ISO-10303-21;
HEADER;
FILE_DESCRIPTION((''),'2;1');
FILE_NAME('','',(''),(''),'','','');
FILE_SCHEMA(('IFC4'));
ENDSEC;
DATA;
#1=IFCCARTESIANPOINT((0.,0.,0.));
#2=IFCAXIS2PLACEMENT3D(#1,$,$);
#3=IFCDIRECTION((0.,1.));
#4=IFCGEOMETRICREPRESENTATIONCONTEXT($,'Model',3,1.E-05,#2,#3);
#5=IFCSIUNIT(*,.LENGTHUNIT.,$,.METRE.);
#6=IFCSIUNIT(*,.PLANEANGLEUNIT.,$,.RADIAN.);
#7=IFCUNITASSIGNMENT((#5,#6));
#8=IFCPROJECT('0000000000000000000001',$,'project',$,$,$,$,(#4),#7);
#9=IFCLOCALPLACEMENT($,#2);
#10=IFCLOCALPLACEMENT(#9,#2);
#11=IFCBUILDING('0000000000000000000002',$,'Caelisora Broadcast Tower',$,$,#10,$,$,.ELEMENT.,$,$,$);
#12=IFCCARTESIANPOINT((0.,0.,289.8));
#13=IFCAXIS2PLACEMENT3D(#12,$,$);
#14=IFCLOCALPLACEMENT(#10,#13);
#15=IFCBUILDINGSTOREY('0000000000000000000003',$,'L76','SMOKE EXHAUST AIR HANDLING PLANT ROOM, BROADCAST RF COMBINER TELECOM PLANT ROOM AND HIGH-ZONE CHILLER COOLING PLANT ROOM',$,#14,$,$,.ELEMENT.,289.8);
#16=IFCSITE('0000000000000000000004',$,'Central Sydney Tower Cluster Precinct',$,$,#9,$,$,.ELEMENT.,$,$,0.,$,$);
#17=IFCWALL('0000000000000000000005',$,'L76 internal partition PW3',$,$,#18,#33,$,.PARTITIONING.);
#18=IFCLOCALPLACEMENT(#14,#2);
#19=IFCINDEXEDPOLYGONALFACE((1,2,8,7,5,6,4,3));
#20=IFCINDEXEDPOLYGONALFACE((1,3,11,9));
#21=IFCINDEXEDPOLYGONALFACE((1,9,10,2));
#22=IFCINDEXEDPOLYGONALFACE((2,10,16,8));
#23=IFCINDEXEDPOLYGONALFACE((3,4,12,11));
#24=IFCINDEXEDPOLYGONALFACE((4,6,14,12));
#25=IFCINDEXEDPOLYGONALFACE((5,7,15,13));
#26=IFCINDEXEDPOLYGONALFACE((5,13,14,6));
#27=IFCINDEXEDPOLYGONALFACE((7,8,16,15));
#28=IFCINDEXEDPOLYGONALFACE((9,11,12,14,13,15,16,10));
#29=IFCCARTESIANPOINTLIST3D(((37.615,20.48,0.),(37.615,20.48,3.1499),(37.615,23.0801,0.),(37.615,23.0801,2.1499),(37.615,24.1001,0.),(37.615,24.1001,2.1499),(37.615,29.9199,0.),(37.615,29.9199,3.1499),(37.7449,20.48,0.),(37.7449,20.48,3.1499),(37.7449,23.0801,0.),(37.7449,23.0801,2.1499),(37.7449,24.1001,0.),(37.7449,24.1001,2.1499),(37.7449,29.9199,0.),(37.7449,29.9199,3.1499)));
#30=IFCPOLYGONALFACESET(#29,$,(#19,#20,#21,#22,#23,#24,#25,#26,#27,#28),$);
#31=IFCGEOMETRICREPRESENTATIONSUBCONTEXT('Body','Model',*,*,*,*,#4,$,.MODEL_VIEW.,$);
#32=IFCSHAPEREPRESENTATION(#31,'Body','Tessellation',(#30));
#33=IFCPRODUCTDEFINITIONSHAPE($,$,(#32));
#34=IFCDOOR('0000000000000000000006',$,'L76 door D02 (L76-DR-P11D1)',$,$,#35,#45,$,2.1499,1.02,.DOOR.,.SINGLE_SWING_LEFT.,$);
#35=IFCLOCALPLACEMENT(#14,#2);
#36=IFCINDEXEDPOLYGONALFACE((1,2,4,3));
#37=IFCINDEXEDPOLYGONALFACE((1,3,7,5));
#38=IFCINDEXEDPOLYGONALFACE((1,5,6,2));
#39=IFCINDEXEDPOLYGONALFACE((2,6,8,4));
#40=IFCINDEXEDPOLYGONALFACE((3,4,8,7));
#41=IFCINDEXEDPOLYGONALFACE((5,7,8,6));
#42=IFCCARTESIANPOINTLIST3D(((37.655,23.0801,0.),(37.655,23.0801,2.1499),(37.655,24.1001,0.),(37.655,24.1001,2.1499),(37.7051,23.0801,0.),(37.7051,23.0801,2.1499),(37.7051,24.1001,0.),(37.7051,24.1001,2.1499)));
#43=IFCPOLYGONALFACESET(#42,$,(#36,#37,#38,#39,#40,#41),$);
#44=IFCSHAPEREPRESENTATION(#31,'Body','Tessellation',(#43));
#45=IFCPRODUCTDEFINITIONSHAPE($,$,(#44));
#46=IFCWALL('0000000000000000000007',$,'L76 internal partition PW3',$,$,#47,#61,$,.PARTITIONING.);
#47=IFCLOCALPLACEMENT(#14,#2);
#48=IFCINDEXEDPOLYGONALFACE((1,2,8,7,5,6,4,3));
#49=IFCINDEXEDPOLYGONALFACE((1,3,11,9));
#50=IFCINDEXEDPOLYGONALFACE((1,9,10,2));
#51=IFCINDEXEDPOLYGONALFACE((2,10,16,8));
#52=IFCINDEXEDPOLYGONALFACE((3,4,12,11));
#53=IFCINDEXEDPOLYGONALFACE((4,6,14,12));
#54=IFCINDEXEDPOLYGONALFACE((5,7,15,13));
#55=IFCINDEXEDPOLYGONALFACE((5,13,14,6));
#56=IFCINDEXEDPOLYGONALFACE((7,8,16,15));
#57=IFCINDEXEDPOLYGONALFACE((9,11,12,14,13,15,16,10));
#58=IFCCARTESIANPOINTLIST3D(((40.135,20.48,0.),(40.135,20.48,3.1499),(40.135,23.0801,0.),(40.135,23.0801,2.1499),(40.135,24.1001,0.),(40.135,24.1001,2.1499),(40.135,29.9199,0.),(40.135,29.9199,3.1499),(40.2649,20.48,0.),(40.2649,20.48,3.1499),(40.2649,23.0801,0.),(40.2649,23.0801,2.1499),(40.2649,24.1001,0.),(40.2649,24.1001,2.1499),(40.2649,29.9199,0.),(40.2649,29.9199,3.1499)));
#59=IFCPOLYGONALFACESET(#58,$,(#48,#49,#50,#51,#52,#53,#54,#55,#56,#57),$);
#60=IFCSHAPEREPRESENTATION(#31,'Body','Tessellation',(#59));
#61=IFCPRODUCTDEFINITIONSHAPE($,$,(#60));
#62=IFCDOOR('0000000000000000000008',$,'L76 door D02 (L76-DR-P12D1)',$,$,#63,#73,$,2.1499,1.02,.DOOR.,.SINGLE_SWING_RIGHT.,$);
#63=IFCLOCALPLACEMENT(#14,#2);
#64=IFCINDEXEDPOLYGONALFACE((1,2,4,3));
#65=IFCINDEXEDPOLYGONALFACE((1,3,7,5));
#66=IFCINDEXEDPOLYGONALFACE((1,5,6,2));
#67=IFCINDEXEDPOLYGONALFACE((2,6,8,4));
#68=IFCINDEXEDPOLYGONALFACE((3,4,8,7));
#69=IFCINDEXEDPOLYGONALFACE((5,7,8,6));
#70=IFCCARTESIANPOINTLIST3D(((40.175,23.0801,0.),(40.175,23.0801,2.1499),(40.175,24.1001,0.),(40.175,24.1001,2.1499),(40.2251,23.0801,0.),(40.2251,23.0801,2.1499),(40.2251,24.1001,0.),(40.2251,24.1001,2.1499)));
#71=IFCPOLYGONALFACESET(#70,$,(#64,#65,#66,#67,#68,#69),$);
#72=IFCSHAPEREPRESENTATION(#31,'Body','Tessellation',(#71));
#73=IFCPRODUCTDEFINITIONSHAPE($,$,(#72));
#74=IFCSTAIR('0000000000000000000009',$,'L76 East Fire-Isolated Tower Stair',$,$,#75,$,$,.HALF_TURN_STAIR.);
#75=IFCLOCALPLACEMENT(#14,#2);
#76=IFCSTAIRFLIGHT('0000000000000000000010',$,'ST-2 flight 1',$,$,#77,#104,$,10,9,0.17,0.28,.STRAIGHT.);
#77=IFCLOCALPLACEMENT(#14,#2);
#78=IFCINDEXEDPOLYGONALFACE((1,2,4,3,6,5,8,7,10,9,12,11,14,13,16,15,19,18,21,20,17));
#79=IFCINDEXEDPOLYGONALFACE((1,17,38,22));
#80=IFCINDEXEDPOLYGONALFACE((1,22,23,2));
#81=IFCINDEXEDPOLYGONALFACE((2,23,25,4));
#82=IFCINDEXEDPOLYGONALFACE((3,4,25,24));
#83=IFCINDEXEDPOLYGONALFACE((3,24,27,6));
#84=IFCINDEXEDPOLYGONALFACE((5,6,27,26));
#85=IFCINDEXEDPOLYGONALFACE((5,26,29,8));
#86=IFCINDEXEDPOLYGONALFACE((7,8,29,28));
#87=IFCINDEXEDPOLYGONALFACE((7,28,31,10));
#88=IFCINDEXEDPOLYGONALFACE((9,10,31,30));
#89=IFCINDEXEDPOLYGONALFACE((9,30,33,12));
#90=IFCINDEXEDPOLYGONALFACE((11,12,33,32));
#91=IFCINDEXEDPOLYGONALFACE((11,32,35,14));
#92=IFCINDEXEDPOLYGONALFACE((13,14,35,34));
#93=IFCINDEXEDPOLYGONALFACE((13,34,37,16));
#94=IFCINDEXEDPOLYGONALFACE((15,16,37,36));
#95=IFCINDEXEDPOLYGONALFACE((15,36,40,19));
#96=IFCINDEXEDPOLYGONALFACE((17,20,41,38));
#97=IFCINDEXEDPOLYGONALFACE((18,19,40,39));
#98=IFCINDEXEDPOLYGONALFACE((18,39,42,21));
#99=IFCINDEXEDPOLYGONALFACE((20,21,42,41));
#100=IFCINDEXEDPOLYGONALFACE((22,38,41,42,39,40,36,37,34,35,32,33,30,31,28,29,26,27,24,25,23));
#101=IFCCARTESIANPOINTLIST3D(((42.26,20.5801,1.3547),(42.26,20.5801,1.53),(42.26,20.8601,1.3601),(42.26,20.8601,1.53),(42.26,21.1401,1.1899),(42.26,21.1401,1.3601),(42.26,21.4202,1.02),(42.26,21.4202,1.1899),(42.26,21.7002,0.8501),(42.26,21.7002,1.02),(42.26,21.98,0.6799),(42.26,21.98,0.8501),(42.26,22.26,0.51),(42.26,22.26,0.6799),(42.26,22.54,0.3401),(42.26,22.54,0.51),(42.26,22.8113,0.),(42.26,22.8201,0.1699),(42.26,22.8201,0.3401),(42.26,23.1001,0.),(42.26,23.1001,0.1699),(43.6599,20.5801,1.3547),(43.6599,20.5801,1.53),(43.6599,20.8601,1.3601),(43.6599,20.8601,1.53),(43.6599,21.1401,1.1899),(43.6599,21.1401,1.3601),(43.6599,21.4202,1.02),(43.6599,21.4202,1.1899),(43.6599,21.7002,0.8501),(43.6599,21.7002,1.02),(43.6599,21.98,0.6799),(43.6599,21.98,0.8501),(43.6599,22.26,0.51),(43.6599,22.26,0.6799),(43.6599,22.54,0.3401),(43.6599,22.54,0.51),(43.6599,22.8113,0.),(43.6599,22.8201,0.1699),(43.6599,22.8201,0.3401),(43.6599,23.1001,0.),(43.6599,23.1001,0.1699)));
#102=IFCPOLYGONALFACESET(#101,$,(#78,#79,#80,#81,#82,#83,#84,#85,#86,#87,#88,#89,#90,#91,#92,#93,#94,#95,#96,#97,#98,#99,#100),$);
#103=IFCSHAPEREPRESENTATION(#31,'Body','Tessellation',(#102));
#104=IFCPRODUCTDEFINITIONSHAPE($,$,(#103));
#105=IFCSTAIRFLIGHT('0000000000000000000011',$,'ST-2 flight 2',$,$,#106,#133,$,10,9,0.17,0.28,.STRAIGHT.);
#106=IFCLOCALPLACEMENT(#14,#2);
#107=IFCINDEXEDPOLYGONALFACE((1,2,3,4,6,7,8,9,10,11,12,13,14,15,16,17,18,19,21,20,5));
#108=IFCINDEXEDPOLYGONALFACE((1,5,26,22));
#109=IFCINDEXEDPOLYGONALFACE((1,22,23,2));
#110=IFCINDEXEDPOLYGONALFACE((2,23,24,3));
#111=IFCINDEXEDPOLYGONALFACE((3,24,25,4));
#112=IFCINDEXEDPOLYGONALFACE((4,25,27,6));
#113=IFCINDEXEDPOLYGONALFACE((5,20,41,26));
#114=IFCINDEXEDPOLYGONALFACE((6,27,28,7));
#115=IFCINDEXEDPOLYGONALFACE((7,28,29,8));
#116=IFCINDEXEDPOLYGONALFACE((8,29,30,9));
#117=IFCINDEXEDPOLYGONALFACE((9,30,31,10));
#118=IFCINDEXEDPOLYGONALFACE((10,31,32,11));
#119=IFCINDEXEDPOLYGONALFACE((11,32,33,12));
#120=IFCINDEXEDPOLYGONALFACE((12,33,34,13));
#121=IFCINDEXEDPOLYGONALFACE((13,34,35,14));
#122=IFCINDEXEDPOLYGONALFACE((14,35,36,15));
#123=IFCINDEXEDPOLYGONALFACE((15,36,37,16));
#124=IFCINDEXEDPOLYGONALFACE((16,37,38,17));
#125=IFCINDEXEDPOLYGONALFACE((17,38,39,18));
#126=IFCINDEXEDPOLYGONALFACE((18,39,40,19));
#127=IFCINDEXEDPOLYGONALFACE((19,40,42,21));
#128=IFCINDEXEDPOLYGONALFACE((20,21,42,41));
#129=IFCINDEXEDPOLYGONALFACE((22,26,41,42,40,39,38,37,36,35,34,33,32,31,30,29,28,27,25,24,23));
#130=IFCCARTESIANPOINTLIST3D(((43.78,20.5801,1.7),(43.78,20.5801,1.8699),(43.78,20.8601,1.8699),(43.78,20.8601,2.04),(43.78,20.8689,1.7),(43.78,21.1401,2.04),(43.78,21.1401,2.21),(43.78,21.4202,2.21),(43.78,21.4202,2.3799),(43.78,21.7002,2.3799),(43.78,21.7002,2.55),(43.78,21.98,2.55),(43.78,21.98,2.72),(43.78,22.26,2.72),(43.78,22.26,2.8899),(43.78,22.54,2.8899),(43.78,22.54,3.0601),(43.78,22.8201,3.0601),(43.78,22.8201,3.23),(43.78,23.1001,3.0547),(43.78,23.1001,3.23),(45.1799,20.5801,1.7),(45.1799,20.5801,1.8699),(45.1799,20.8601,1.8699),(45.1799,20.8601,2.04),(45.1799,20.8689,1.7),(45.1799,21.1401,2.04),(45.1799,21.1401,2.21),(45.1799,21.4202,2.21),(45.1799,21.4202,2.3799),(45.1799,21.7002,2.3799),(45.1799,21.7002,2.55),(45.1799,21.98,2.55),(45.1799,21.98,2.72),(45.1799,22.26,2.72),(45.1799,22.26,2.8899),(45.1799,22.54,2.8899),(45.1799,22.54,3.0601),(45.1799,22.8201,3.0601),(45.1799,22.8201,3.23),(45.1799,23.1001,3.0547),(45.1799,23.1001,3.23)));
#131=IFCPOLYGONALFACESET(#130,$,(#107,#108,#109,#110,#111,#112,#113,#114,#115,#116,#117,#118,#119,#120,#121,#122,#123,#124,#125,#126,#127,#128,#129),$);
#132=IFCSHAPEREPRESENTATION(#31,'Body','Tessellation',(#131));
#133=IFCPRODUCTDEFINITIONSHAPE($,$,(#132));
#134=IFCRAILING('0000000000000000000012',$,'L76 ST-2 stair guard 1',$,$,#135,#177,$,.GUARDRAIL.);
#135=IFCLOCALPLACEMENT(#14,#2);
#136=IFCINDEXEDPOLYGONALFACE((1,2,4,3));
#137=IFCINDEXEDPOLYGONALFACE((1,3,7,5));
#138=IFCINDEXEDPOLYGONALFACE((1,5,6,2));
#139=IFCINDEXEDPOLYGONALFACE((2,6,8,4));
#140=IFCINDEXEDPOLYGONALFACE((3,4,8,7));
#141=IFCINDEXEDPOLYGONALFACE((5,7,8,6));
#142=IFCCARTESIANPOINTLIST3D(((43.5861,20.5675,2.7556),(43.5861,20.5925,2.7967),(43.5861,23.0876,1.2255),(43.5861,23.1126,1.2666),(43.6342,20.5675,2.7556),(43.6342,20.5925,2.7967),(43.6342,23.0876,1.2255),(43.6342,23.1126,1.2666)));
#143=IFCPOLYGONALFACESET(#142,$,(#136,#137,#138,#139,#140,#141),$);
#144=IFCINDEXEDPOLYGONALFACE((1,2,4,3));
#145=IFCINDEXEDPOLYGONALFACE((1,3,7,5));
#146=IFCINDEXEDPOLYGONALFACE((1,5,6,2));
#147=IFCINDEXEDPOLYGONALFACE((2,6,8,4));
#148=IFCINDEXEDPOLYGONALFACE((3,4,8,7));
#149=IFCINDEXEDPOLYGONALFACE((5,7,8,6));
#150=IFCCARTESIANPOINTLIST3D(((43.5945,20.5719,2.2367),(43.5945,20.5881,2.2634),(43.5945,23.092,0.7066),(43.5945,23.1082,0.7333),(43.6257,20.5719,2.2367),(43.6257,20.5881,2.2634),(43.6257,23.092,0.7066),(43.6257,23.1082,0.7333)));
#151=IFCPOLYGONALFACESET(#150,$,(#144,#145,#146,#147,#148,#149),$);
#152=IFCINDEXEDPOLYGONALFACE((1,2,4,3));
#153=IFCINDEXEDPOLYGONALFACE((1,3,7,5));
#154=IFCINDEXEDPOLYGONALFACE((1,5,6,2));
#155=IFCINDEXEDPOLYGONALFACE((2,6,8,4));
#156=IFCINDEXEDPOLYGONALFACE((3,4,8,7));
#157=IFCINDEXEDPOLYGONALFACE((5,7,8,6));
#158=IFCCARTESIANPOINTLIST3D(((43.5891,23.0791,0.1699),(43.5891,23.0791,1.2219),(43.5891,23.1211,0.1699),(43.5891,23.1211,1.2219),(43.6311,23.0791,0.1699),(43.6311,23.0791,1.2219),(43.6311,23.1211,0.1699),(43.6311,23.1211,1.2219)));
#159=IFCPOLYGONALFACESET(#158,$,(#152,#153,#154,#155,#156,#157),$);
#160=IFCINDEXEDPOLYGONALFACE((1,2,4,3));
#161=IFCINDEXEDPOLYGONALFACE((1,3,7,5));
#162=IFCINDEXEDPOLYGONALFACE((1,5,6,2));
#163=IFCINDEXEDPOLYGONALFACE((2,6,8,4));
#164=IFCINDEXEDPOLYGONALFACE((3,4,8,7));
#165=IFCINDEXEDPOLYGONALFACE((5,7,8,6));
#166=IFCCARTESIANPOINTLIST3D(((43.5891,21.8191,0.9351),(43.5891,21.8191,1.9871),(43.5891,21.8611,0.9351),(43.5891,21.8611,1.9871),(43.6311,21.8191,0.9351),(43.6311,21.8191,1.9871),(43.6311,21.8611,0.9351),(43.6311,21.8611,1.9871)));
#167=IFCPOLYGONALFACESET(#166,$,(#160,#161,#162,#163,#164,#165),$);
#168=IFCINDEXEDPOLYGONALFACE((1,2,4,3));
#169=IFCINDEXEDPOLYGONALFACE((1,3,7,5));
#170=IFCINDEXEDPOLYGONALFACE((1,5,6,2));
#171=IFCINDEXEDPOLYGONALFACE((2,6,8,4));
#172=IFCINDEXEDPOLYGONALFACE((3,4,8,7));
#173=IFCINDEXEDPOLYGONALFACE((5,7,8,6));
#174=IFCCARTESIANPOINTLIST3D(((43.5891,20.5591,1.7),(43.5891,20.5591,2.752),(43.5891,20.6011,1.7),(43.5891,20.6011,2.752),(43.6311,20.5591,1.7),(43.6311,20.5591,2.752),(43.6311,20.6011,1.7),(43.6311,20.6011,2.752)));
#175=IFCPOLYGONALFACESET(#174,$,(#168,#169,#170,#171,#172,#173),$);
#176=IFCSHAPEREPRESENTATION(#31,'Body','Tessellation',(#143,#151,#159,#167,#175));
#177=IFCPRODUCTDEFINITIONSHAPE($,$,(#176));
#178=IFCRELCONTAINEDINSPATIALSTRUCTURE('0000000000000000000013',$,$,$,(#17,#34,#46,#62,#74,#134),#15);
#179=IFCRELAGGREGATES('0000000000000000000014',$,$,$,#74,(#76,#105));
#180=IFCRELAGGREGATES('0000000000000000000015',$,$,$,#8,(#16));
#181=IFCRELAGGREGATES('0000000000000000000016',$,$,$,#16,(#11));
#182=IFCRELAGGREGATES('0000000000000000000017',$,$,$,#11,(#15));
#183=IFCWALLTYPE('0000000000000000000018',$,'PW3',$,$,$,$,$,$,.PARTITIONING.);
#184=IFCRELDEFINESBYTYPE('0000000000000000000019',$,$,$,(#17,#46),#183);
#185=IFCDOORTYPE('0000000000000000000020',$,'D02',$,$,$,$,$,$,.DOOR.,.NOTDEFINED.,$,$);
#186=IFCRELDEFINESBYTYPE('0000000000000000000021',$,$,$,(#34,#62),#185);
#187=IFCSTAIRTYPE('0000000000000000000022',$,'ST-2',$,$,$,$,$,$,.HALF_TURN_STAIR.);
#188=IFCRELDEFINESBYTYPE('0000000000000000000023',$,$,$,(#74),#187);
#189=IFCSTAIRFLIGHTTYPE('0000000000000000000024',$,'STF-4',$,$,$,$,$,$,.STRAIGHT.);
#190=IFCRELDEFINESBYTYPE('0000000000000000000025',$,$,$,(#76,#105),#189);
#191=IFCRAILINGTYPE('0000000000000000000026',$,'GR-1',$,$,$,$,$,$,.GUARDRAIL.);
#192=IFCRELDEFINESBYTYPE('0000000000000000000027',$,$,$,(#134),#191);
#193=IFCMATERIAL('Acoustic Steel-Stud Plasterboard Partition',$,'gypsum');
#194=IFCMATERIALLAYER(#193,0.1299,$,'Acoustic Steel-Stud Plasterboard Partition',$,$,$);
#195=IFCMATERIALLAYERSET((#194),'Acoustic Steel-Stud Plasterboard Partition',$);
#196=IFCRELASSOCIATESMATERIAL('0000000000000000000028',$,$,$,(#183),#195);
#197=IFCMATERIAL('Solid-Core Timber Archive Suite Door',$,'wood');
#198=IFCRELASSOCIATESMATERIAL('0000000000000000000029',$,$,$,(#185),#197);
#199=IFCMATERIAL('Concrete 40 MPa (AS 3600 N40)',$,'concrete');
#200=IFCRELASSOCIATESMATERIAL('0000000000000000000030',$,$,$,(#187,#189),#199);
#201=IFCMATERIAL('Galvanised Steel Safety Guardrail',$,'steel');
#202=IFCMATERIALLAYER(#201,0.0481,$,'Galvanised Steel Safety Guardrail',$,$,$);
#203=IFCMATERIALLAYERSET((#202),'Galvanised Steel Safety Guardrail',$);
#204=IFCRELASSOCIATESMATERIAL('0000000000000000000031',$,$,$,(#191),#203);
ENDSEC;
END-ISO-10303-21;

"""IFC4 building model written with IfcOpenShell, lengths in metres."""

from ifc_helpers import new_model, si_unit, direction, frame, frame_2d, origin, origin_2d, place, context, subcontext, project, spatial, polyline, rectangle, outline, extrude, material, layer, layer_set, type_object, element, fill, aggregate, save


model = new_model("IFC4")

# Units and contexts
model_context = context("Model", 3, precision=1e-05, world=origin(), true_north=direction((0.0, 1.0)))
body_context = subcontext(model_context, "Body", "Model", "MODEL_VIEW")
ifc_project = project(units=[si_unit("LENGTHUNIT", "METRE"), si_unit("PLANEANGLEUNIT", "RADIAN")], contexts=[model_context])

# Site, building, storey
site_placement = place(None, origin())
site = spatial("IfcSite", under=ifc_project, at=site_placement, Name="Central Sydney Tower Cluster Precinct", CompositionType="ELEMENT", RefElevation=0.0)
building_placement = place(site_placement, origin())
building = spatial("IfcBuilding", under=site, at=building_placement, Name="Caelisora Broadcast Tower", CompositionType="ELEMENT")
storey_placement = place(building_placement, frame((0.0, 0.0, 289.8)))
storey = spatial("IfcBuildingStorey", under=building, at=storey_placement, Name="L76", Description="SMOKE EXHAUST AIR HANDLING PLANT ROOM, BROADCAST RF COMBINER TELECOM PLANT ROOM AND HIGH-ZONE CHILLER COOLING PLANT ROOM", CompositionType="ELEMENT", Elevation=289.8)

# Shared definitions
ifc_material_1 = material(Name="Concrete 40 MPa (AS 3600 N40)", Category="concrete")

# Walls, openings, doors
ifc_material_2 = material(Name="Acoustic Steel-Stud Plasterboard Partition", Category="gypsum")
ifc_layer_1 = layer(ifc_material_2, 0.1299, Name="Acoustic Steel-Stud Plasterboard Partition")
ifc_layer_set_1 = layer_set([ifc_layer_1], Name="Acoustic Steel-Stud Plasterboard Partition")
wall_type_1 = type_object("IfcWallType", Name="PW3", PredefinedType="PARTITIONING", material=ifc_layer_set_1)
wall_1_placement = place(storey_placement, frame((37.6799, 20.48, 0.0), z_axis=(0.0, 0.0, 1.0), x_axis=(0.0, 1.0, 0.0)))
wall_1 = element("IfcWall", 1, at=wall_1_placement, inside=storey, type_object=wall_type_1, Name="L76 internal partition PW3", PredefinedType="PARTITIONING", context=body_context, shape_type="SweptSolid", body=[
    extrude(rectangle(XDim=9.4399, YDim=0.1299, at=frame_2d((4.72, 0.0))), origin(), (0.0, 0.0, 1.0), 3.1499),
])
opening_1_placement = place(wall_1_placement, frame((2.6001, 0.0, 0.0)))
opening_1 = element("IfcOpeningElement", 2, at=opening_1_placement, cuts=wall_1, PredefinedType="OPENING", context=body_context, shape_type="SweptSolid", body=[
    extrude(rectangle(XDim=1.02, YDim=2.1499, at=frame_2d((0.51, 1.075))), frame((0.0, 0.0769, 0.0), z_axis=(0.0, -1.0, 0.0), x_axis=(1.0, 0.0, 0.0)), (0.0, 0.0, 1.0), 0.1538),
])
ifc_material_3 = material(Name="Solid-Core Timber Archive Suite Door", Category="wood")
door_type_1 = type_object("IfcDoorType", Name="D02", OperationType="NOTDEFINED", PredefinedType="DOOR", material=ifc_material_3)
door_1_placement = place(opening_1_placement, origin())
door_1 = element("IfcDoor", 3, at=door_1_placement, inside=storey, type_object=door_type_1, Name="L76 door D02 (L76-DR-P11D1)", OperationType="SINGLE_SWING_LEFT", OverallHeight=2.1499, OverallWidth=1.02, PredefinedType="DOOR", context=body_context, shape_type="SweptSolid", body=[
    extrude(rectangle(XDim=1.02, YDim=2.1499, at=frame_2d((0.51, 1.075))), frame((0.0, 0.0249, 0.0), z_axis=(0.0, -1.0, 0.0), x_axis=(1.0, 0.0, 0.0)), (0.0, 0.0, 1.0), 0.05),
])
fill(opening_1, door_1)
wall_2_placement = place(storey_placement, frame((40.2, 20.48, 0.0), z_axis=(0.0, 0.0, 1.0), x_axis=(0.0, 1.0, 0.0)))
wall_2 = element("IfcWall", 4, at=wall_2_placement, inside=storey, type_object=wall_type_1, Name="L76 internal partition PW3", PredefinedType="PARTITIONING", context=body_context, shape_type="SweptSolid", body=[
    extrude(rectangle(XDim=9.4399, YDim=0.1299, at=frame_2d((4.72, 0.0))), origin(), (0.0, 0.0, 1.0), 3.1499),
])
opening_2_placement = place(wall_2_placement, frame((2.6001, 0.0, 0.0)))
opening_2 = element("IfcOpeningElement", 5, at=opening_2_placement, cuts=wall_2, PredefinedType="OPENING", context=body_context, shape_type="SweptSolid", body=[
    extrude(rectangle(XDim=1.02, YDim=2.1499, at=frame_2d((0.51, 1.075))), frame((0.0, 0.0769, 0.0), z_axis=(0.0, -1.0, 0.0), x_axis=(1.0, 0.0, 0.0)), (0.0, 0.0, 1.0), 0.1538),
])
door_2_placement = place(opening_2_placement, origin())
door_2 = element("IfcDoor", 6, at=door_2_placement, inside=storey, type_object=door_type_1, Name="L76 door D02 (L76-DR-P12D1)", OperationType="SINGLE_SWING_RIGHT", OverallHeight=2.1499, OverallWidth=1.02, PredefinedType="DOOR", context=body_context, shape_type="SweptSolid", body=[
    extrude(rectangle(XDim=1.02, YDim=2.1499, at=frame_2d((0.51, 1.075))), frame((0.0, 0.0249, 0.0), z_axis=(0.0, -1.0, 0.0), x_axis=(1.0, 0.0, 0.0)), (0.0, 0.0, 1.0), 0.05),
])
fill(opening_2, door_2)

# Stair, stair flights
stair_type = type_object("IfcStairType", Name="ST-2", PredefinedType="HALF_TURN_STAIR", material=ifc_material_1)
stair_placement = place(storey_placement, origin())
stair = element("IfcStair", 7, at=stair_placement, inside=storey, type_object=stair_type, Name="L76 East Fire-Isolated Tower Stair", PredefinedType="HALF_TURN_STAIR")
stair_flight_type = type_object("IfcStairFlightType", Name="STF-4", PredefinedType="STRAIGHT", material=ifc_material_1)
stair_flight_1_placement = place(storey_placement, frame((42.96, 23.1001, 0.0), z_axis=(0.0, 0.0, 1.0), x_axis=(0.0, -1.0, 0.0)))
stair_flight_1 = element("IfcStairFlight", 8, at=stair_flight_1_placement, type_object=stair_flight_type, Name="ST-2 flight 1", NumberOfRisers=10, NumberOfTreads=9, PredefinedType="STRAIGHT", RiserHeight=0.17, TreadLength=0.28, context=body_context, shape_type="SweptSolid", body=[
    extrude(outline(polyline([(0.0, 0.0), (0.0, 0.1699), (0.28, 0.1699), (0.28, 0.3401), (0.5601, 0.3401), (0.5601, 0.51), (0.8401, 0.51), (0.8401, 0.6799), (1.1201, 0.6799), (1.1201, 0.8501), (1.3999, 0.8501), (1.3999, 1.02), (1.6799, 1.02), (1.6799, 1.1899), (1.96, 1.1899), (1.96, 1.3601), (2.24, 1.3601), (2.24, 1.53), (2.52, 1.53), (2.52, 1.7), (2.52, 1.3547), (0.2888, 0.0), (0.0, 0.0)])), frame((0.0, 0.7, 0.0), z_axis=(0.0, -1.0, 0.0), x_axis=(1.0, 0.0, 0.0)), (0.0, 0.0, 1.0), 1.3999),
])
stair_flight_2_placement = place(storey_placement, frame((44.48, 20.5801, 1.7), z_axis=(0.0, 0.0, 1.0), x_axis=(0.0, 1.0, 0.0)))
stair_flight_2 = element("IfcStairFlight", 9, at=stair_flight_2_placement, type_object=stair_flight_type, Name="ST-2 flight 2", NumberOfRisers=10, NumberOfTreads=9, PredefinedType="STRAIGHT", RiserHeight=0.17, TreadLength=0.28, context=body_context, shape_type="SweptSolid", body=[
    extrude(outline(polyline([(0.0, 0.0), (0.0, 0.1699), (0.28, 0.1699), (0.28, 0.3401), (0.5601, 0.3401), (0.5601, 0.51), (0.8401, 0.51), (0.8401, 0.6799), (1.1201, 0.6799), (1.1201, 0.8501), (1.3999, 0.8501), (1.3999, 1.02), (1.6799, 1.02), (1.6799, 1.1899), (1.96, 1.1899), (1.96, 1.3601), (2.24, 1.3601), (2.24, 1.53), (2.52, 1.53), (2.52, 1.7), (2.52, 1.3547), (0.2888, 0.0), (0.0, 0.0)])), frame((0.0, 0.7, 0.0), z_axis=(0.0, -1.0, 0.0), x_axis=(1.0, 0.0, 0.0)), (0.0, 0.0, 1.0), 1.3999),
])
aggregate(stair, [stair_flight_1, stair_flight_2])

# Railing
ifc_material_4 = material(Name="Galvanised Steel Safety Guardrail", Category="steel")
ifc_layer_2 = layer(ifc_material_4, 0.0481, Name="Galvanised Steel Safety Guardrail")
ifc_layer_set_2 = layer_set([ifc_layer_2], Name="Galvanised Steel Safety Guardrail")
railing_type_1 = type_object("IfcRailingType", Name="GR-1", PredefinedType="GUARDRAIL", material=ifc_layer_set_2)
railing_1_placement = place(storey_placement, frame((43.6101, 23.1001, 0.1699)))
element("IfcRailing", 10, at=railing_1_placement, inside=storey, type_object=railing_type_1, Name="L76 ST-2 stair guard 1", PredefinedType="GUARDRAIL", context=body_context, shape_type="SweptSolid", body=[
    extrude(rectangle(XDim=0.0481, YDim=0.0481, at=origin_2d()), frame((0.0, 0.0, 1.0762), z_axis=(0.0, -0.854785, 0.518982), x_axis=(1.0, 0.0, 0.0)), (0.0, 0.0, 1.0), 2.9482),
    extrude(rectangle(XDim=0.0312, YDim=0.0312, at=origin_2d()), frame((0.0, 0.0, 0.55), z_axis=(0.0, -0.854785, 0.518982), x_axis=(1.0, 0.0, 0.0)), (0.0, 0.0, 1.0), 2.9482),
    extrude(rectangle(XDim=0.042, YDim=0.042, at=origin_2d()), origin(), (0.0, 0.0, 1.0), 1.052),
    extrude(rectangle(XDim=0.042, YDim=0.042, at=origin_2d()), frame((0.0, -1.26, 0.7651)), (0.0, 0.0, 1.0), 1.052),
    extrude(rectangle(XDim=0.042, YDim=0.042, at=origin_2d()), frame((0.0, -2.52, 1.53)), (0.0, 0.0, 1.0), 1.052),
])

save(model, "model.ifc")
